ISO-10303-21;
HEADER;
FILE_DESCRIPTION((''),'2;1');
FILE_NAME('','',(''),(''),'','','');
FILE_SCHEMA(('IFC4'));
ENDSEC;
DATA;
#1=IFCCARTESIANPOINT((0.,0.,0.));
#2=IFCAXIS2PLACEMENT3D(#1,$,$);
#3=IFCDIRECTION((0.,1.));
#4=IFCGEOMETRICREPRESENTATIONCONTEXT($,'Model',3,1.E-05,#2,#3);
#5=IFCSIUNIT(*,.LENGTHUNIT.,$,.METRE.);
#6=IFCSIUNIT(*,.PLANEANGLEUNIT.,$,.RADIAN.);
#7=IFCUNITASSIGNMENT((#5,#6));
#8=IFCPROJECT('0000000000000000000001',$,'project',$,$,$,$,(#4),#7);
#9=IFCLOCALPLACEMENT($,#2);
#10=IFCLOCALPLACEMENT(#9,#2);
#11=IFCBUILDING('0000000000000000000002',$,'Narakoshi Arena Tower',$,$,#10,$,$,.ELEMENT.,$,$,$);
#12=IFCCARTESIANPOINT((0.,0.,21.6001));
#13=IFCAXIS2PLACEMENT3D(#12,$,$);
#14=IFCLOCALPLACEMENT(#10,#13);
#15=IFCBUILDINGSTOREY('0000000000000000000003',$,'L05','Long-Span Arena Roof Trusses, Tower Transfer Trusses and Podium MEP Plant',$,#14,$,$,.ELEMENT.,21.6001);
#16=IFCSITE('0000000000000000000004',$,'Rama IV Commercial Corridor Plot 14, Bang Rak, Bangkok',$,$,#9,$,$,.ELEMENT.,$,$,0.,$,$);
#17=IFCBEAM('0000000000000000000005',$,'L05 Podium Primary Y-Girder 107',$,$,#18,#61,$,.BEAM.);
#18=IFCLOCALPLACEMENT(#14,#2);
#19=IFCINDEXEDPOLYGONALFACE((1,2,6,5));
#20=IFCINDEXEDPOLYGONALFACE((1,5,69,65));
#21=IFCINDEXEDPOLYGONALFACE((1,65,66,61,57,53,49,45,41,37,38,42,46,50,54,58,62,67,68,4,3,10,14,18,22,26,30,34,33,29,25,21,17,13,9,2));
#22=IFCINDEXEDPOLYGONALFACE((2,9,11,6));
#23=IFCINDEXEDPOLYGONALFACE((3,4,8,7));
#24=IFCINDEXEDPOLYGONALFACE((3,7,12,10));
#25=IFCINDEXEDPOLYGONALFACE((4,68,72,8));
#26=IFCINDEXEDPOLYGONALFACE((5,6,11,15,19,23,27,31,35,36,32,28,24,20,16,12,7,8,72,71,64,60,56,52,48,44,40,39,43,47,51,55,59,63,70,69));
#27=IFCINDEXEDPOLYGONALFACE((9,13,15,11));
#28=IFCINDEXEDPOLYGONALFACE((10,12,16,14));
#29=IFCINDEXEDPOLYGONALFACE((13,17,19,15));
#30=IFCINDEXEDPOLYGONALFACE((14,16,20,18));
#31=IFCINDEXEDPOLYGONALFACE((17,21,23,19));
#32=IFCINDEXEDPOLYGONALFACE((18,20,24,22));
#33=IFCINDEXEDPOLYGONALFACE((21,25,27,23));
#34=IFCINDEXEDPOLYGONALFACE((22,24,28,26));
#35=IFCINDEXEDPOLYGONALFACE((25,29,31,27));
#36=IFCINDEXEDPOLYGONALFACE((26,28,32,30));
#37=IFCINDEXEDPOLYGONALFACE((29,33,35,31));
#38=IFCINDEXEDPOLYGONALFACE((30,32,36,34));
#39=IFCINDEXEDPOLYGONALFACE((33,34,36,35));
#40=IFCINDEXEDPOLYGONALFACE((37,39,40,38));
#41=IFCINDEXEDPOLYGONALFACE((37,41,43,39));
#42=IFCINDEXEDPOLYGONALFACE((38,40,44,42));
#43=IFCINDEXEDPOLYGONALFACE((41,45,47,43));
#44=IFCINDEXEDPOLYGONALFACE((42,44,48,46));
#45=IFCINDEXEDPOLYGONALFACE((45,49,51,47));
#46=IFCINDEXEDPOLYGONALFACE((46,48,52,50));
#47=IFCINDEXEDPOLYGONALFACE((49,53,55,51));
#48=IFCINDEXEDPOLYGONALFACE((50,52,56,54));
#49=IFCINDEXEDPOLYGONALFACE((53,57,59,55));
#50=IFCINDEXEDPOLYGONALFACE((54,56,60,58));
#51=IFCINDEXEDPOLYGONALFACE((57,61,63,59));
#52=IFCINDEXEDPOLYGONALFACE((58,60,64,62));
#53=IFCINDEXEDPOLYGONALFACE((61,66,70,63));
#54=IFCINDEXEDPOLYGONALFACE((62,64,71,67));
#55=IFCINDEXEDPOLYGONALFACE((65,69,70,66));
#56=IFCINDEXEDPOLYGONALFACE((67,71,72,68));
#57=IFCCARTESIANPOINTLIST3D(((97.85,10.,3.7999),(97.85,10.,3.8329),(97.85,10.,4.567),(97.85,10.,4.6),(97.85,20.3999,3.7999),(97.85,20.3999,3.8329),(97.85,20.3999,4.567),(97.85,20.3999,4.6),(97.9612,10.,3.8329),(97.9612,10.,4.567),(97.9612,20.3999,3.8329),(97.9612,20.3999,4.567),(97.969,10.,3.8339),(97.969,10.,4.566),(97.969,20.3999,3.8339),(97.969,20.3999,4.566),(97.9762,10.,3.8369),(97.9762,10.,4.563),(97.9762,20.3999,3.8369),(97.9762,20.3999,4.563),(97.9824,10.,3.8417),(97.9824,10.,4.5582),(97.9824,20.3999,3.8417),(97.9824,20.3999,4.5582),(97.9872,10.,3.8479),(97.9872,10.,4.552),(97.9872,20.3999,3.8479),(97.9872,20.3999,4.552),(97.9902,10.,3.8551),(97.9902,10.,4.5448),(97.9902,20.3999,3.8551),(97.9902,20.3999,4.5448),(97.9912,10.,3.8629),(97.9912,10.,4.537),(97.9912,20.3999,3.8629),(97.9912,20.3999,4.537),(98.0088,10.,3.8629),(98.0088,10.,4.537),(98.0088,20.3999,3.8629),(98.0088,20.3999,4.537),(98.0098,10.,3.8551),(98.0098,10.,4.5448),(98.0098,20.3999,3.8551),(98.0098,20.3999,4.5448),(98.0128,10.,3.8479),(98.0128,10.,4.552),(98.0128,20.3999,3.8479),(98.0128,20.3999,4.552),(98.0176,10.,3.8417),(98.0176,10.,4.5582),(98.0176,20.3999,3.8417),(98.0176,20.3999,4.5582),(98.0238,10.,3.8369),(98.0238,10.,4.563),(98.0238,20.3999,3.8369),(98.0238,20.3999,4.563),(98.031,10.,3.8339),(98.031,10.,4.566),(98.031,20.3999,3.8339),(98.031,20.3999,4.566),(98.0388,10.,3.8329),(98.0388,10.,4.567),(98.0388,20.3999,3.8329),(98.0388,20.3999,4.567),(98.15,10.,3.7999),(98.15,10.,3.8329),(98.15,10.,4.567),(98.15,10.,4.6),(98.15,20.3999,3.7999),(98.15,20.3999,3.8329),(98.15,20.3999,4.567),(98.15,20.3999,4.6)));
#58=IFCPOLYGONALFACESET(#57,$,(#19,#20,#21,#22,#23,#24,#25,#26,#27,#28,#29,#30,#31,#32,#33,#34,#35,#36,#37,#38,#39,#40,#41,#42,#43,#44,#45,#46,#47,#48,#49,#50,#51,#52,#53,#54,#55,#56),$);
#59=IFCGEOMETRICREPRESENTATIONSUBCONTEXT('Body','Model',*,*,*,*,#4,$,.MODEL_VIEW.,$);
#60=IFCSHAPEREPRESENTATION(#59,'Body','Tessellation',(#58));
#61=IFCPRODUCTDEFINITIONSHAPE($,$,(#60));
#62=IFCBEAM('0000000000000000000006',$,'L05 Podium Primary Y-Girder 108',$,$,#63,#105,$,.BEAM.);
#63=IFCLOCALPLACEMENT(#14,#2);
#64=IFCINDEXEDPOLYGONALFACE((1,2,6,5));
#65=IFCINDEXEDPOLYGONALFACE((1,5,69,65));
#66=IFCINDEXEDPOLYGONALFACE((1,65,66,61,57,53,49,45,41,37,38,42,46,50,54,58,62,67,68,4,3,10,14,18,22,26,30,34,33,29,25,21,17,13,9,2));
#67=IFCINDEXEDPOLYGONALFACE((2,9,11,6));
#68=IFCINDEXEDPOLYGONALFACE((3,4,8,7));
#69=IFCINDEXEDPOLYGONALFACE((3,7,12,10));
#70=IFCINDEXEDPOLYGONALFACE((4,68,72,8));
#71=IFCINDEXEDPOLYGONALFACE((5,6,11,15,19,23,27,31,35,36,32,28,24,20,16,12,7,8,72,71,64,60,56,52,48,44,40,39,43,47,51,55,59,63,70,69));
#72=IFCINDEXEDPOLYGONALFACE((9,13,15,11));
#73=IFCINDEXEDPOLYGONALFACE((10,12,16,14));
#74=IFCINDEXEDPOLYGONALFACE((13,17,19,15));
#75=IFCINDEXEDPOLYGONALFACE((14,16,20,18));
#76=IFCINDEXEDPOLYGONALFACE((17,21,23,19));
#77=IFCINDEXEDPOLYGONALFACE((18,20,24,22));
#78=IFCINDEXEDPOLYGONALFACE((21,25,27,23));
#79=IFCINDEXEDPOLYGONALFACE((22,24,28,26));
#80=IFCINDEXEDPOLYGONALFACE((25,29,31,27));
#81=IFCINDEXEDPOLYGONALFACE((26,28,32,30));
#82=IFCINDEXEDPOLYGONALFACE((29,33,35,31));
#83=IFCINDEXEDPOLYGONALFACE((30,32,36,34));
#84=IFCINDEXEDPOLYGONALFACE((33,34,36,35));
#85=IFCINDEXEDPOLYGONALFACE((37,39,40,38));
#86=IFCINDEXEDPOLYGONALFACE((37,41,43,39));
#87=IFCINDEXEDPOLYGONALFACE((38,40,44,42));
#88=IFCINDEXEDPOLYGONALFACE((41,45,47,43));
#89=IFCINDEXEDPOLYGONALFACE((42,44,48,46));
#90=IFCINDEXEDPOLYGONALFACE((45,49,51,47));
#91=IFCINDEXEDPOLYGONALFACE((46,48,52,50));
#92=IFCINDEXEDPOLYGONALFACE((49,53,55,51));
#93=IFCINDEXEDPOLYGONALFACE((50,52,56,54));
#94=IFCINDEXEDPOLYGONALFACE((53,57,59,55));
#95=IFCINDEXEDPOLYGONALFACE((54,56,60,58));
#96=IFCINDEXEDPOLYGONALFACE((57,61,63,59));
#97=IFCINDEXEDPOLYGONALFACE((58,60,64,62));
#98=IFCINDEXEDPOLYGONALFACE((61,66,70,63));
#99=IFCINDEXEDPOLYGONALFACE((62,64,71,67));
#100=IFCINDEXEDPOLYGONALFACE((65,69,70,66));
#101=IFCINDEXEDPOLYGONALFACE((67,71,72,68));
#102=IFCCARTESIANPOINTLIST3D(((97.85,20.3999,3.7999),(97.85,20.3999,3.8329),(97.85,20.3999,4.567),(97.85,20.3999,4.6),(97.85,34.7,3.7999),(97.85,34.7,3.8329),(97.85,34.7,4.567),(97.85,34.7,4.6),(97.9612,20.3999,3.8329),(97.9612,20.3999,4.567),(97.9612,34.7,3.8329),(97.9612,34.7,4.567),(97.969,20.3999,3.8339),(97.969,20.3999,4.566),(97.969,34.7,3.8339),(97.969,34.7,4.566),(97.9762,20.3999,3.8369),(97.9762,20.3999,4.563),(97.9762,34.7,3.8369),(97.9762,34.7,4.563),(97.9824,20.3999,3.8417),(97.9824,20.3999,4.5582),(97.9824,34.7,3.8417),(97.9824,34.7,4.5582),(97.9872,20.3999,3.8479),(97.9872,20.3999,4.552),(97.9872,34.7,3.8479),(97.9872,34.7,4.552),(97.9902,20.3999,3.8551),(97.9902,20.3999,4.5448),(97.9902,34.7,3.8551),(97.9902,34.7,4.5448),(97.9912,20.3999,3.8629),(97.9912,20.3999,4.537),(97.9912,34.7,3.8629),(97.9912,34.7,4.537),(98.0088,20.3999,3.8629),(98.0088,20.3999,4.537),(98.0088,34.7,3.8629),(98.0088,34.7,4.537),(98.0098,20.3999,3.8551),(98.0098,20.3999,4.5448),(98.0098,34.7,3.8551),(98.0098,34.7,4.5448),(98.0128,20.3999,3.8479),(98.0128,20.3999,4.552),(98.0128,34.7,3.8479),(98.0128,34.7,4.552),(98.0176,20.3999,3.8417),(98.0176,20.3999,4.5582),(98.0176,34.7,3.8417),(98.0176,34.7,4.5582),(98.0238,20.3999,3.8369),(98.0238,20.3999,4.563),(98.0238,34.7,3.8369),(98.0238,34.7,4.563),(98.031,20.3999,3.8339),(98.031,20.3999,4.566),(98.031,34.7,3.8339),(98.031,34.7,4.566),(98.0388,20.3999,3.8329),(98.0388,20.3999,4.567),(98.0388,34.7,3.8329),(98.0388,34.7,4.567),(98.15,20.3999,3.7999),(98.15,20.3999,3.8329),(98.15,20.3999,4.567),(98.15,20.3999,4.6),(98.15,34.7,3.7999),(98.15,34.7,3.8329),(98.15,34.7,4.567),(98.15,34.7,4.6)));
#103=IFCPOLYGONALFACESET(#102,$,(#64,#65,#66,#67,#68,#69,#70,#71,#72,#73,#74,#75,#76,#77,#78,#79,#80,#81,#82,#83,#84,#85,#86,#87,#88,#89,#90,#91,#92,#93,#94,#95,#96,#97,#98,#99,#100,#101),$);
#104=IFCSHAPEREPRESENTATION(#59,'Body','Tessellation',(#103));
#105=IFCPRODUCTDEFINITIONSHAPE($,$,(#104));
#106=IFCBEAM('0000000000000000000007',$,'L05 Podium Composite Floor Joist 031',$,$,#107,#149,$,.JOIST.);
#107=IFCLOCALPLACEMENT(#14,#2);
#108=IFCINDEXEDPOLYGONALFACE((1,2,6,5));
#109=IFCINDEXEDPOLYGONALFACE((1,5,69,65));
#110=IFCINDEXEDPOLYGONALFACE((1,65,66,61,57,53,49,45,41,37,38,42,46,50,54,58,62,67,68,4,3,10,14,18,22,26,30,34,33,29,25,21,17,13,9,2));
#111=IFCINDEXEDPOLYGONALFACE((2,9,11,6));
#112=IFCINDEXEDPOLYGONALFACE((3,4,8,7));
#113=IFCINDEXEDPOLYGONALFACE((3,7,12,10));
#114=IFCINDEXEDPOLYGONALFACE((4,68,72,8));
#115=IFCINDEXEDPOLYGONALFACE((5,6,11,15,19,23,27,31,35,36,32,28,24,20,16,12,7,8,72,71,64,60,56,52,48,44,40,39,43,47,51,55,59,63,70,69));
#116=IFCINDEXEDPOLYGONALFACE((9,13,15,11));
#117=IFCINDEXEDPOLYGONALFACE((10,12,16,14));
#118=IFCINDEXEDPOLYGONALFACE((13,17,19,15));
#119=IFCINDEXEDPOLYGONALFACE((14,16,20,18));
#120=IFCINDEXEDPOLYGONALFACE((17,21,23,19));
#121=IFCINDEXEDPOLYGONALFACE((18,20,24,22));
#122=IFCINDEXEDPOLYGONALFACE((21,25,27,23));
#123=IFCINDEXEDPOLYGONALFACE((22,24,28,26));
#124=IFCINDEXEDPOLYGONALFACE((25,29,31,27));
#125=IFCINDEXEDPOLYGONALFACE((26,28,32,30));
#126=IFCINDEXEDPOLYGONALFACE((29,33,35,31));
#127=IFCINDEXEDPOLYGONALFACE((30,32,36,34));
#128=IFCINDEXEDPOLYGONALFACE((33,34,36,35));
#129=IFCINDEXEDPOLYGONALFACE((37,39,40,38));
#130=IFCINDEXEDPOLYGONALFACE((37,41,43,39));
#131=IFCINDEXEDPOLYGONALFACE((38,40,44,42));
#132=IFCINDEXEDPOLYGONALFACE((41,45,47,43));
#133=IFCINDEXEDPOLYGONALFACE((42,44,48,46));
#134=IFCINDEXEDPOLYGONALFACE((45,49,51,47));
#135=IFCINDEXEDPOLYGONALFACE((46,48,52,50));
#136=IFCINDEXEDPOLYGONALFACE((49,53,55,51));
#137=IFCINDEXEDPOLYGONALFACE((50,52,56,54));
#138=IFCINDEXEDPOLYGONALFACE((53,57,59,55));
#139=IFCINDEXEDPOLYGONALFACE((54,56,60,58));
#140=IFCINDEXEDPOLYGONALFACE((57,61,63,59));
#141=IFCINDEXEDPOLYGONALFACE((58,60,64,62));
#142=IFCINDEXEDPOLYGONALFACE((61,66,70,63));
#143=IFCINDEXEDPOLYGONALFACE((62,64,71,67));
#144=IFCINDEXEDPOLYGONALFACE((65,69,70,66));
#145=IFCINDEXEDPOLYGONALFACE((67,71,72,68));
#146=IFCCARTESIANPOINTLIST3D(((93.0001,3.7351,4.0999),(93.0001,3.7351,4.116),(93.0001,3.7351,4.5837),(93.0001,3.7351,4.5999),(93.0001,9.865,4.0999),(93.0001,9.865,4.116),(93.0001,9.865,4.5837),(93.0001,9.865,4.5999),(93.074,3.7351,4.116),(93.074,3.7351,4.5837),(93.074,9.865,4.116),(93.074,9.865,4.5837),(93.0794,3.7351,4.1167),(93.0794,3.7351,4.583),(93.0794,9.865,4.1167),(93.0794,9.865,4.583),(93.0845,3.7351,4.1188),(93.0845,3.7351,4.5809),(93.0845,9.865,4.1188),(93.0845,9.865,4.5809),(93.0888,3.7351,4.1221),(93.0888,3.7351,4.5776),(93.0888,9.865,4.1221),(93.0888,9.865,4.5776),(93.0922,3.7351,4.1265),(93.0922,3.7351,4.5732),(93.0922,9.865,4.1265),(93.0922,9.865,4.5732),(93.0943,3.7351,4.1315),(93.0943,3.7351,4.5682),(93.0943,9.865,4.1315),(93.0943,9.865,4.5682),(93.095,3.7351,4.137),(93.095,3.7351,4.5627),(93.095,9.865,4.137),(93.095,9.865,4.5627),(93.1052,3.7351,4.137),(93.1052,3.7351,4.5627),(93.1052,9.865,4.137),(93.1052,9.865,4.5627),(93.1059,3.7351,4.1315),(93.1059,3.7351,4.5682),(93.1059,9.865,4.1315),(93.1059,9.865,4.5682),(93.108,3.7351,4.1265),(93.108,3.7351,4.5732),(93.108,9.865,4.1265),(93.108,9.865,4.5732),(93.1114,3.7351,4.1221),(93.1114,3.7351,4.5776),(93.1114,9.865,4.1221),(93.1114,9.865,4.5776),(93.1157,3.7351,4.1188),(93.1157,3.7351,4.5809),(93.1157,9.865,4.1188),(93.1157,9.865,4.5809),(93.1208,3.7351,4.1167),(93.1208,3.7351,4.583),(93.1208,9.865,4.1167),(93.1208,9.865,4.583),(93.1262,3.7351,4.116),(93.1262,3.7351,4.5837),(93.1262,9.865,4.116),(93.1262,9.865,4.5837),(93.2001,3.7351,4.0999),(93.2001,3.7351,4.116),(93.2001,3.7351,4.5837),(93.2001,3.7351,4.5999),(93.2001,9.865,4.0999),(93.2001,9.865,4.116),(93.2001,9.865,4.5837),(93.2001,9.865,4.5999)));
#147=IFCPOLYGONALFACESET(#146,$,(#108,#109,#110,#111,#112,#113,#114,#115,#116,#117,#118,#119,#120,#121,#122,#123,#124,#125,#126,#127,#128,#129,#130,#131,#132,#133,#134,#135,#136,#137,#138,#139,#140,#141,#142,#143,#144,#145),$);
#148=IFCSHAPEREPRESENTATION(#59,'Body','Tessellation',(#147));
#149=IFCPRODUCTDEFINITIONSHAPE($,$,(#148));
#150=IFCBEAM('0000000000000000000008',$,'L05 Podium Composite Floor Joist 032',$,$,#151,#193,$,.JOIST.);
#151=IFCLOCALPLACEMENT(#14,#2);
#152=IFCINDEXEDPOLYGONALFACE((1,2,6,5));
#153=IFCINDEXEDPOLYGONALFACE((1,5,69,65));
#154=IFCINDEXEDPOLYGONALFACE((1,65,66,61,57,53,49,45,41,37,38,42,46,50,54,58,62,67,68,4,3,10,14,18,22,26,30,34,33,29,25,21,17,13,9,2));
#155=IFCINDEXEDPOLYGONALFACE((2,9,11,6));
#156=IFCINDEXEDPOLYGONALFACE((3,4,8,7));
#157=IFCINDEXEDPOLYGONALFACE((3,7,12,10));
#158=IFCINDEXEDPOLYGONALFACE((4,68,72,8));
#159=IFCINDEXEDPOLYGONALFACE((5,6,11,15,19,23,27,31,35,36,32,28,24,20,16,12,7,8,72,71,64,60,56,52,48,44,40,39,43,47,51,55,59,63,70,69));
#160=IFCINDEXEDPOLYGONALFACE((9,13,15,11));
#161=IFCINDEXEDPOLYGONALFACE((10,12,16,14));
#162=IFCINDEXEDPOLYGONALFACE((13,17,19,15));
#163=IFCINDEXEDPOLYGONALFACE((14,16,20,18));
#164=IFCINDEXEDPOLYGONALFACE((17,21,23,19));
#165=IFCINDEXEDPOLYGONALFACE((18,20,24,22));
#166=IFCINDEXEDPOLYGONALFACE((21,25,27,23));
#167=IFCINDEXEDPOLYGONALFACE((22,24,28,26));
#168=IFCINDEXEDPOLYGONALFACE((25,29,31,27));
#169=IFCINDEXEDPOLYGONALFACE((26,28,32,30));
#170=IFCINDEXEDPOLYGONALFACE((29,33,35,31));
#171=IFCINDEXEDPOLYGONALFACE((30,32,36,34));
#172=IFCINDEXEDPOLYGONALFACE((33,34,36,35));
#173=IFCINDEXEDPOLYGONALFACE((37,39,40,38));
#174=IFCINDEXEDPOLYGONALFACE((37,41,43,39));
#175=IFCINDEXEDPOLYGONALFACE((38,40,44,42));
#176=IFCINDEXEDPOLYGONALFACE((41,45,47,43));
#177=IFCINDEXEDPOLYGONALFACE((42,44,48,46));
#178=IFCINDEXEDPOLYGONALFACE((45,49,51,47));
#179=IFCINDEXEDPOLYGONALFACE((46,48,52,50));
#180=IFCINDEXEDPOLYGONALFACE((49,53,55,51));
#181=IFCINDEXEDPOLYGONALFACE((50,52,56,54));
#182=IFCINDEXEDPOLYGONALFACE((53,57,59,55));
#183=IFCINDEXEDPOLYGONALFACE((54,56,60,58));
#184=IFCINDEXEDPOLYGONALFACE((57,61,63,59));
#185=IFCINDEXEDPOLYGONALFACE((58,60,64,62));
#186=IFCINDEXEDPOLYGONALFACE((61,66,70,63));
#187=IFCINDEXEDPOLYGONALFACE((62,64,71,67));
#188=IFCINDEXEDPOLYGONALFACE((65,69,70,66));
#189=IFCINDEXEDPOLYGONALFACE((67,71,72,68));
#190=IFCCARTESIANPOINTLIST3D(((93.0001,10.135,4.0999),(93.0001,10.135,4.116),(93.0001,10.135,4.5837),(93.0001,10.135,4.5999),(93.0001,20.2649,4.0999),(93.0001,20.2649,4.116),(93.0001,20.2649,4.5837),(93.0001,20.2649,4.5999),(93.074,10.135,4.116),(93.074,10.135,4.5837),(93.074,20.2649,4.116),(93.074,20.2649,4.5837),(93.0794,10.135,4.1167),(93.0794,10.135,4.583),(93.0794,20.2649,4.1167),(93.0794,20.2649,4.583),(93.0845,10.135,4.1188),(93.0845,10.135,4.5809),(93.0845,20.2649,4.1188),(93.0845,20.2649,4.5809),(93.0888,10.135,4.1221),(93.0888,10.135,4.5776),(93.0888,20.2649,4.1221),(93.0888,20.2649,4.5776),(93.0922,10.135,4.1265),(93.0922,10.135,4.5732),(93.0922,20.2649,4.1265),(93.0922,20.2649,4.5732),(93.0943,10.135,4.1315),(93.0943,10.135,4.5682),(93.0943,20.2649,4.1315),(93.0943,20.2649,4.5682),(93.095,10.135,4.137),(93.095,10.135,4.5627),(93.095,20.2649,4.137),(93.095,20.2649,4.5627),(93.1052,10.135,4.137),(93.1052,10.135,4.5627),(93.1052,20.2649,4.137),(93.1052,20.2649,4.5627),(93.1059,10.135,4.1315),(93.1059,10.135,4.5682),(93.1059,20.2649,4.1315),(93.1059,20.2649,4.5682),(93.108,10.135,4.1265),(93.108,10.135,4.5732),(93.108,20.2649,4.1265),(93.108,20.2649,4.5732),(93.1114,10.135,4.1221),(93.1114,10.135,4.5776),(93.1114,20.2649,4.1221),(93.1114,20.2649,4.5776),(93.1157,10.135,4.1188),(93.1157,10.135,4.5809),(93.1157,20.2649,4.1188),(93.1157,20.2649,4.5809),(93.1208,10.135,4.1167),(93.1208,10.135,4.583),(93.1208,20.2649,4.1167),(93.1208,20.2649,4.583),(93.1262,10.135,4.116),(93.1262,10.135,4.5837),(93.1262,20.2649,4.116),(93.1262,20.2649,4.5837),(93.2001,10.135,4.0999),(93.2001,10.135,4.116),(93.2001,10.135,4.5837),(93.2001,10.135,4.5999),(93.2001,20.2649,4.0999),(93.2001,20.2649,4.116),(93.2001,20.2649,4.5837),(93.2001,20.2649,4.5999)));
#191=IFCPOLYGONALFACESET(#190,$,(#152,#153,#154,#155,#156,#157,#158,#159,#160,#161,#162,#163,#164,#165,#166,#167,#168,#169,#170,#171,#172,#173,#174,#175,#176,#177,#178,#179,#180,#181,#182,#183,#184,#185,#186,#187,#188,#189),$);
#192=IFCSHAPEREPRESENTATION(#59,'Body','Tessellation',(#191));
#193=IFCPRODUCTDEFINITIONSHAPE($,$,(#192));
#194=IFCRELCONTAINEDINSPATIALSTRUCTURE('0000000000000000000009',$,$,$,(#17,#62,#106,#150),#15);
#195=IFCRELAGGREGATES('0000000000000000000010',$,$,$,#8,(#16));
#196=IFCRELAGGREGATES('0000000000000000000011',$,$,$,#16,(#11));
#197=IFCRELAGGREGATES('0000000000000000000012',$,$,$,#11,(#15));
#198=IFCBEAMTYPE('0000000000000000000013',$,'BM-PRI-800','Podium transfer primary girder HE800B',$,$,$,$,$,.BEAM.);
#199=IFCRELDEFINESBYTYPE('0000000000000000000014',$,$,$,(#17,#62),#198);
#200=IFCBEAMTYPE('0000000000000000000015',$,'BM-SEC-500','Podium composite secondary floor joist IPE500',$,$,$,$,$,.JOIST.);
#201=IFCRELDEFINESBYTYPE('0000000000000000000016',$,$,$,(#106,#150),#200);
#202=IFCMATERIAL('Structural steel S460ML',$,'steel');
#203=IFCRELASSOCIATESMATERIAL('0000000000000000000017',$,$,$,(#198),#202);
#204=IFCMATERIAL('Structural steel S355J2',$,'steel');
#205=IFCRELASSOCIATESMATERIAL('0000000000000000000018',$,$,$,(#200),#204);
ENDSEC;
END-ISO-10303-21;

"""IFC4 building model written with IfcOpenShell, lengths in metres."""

from ifc_helpers import new_model, si_unit, direction, frame, origin, origin_2d, place, context, subcontext, project, spatial, i_section, extrude, material, material_profile, profile_set, type_object, element, save


model = new_model("IFC4")

# Units and contexts
model_context = context("Model", 3, precision=1e-05, world=origin(), true_north=direction((0.0, 1.0)))
body_context = subcontext(model_context, "Body", "Model", "MODEL_VIEW")
ifc_project = project(units=[si_unit("LENGTHUNIT", "METRE"), si_unit("PLANEANGLEUNIT", "RADIAN")], contexts=[model_context])

# Site, building, storey
site_placement = place(None, origin())
site = spatial("IfcSite", under=ifc_project, at=site_placement, Name="Rama IV Commercial Corridor Plot 14, Bang Rak, Bangkok", CompositionType="ELEMENT", RefElevation=0.0)
building_placement = place(site_placement, origin())
building = spatial("IfcBuilding", under=site, at=building_placement, Name="Narakoshi Arena Tower", CompositionType="ELEMENT")
storey_placement = place(building_placement, frame((0.0, 0.0, 21.6001)))
storey = spatial("IfcBuildingStorey", under=building, at=storey_placement, Name="L05", Description="Long-Span Arena Roof Trusses, Tower Transfer Trusses and Podium MEP Plant", CompositionType="ELEMENT", Elevation=21.6001)

# Shared definitions
ifc_material_1 = material(Name="Structural steel S355J2", Category="steel")

# Beams
ifc_material_2 = material(Name="Structural steel S460ML", Category="steel")
ifc_material_profile_1 = material_profile(ifc_material_2, i_section(OverallWidth=0.3, OverallDepth=0.8, WebThickness=0.0176, FlangeThickness=0.033, FilletRadius=0.03, at=origin_2d()), Name="HE800B")
ifc_profile_set_1 = profile_set([ifc_material_profile_1], Name="Structural steel S460ML")
beam_type_1 = type_object("IfcBeamType", Name="BM-PRI-800", Description="Podium transfer primary girder HE800B", PredefinedType="BEAM", material=ifc_profile_set_1)
beam_1_placement = place(storey_placement, frame((98.0, 10.0, 4.2), z_axis=(0.0, 1.0, 0.0), x_axis=(-1.0, 0.0, 0.0)))
element("IfcBeam", 1, at=beam_1_placement, inside=storey, type_object=beam_type_1, Name="L05 Podium Primary Y-Girder 107", PredefinedType="BEAM", context=body_context, shape_type="SweptSolid", body=[
    extrude(i_section(OverallWidth=0.3, OverallDepth=0.8, WebThickness=0.0176, FlangeThickness=0.033, FilletRadius=0.03, at=origin_2d()), origin(), (0.0, 0.0, 1.0), 10.3999),
])
beam_2_placement = place(storey_placement, frame((98.0, 20.3999, 4.2), z_axis=(0.0, 1.0, 0.0), x_axis=(-1.0, 0.0, 0.0)))
element("IfcBeam", 2, at=beam_2_placement, inside=storey, type_object=beam_type_1, Name="L05 Podium Primary Y-Girder 108", PredefinedType="BEAM", context=body_context, shape_type="SweptSolid", body=[
    extrude(i_section(OverallWidth=0.3, OverallDepth=0.8, WebThickness=0.0176, FlangeThickness=0.033, FilletRadius=0.03, at=origin_2d()), origin(), (0.0, 0.0, 1.0), 14.3),
])
ifc_material_profile_2 = material_profile(ifc_material_1, i_section(OverallWidth=0.2, OverallDepth=0.5, WebThickness=0.0103, FlangeThickness=0.0161, FilletRadius=0.021, at=origin_2d()), Name="IPE500")
ifc_profile_set_2 = profile_set([ifc_material_profile_2], Name="Structural steel S355J2")
beam_type_2 = type_object("IfcBeamType", Name="BM-SEC-500", Description="Podium composite secondary floor joist IPE500", PredefinedType="JOIST", material=ifc_profile_set_2)
beam_3_placement = place(storey_placement, frame((93.1001, 3.7351, 4.3499), z_axis=(0.0, 1.0, 0.0), x_axis=(-1.0, 0.0, 0.0)))
element("IfcBeam", 3, at=beam_3_placement, inside=storey, type_object=beam_type_2, Name="L05 Podium Composite Floor Joist 031", PredefinedType="JOIST", context=body_context, shape_type="SweptSolid", body=[
    extrude(i_section(OverallWidth=0.2, OverallDepth=0.5, WebThickness=0.0103, FlangeThickness=0.0161, FilletRadius=0.021, at=origin_2d()), origin(), (0.0, 0.0, 1.0), 6.1299),
])
beam_4_placement = place(storey_placement, frame((93.1001, 10.135, 4.3499), z_axis=(0.0, 1.0, 0.0), x_axis=(-1.0, 0.0, 0.0)))
element("IfcBeam", 4, at=beam_4_placement, inside=storey, type_object=beam_type_2, Name="L05 Podium Composite Floor Joist 032", PredefinedType="JOIST", context=body_context, shape_type="SweptSolid", body=[
    extrude(i_section(OverallWidth=0.2, OverallDepth=0.5, WebThickness=0.0103, FlangeThickness=0.0161, FilletRadius=0.021, at=origin_2d()), origin(), (0.0, 0.0, 1.0), 10.1299),
])

save(model, "model.ifc")
